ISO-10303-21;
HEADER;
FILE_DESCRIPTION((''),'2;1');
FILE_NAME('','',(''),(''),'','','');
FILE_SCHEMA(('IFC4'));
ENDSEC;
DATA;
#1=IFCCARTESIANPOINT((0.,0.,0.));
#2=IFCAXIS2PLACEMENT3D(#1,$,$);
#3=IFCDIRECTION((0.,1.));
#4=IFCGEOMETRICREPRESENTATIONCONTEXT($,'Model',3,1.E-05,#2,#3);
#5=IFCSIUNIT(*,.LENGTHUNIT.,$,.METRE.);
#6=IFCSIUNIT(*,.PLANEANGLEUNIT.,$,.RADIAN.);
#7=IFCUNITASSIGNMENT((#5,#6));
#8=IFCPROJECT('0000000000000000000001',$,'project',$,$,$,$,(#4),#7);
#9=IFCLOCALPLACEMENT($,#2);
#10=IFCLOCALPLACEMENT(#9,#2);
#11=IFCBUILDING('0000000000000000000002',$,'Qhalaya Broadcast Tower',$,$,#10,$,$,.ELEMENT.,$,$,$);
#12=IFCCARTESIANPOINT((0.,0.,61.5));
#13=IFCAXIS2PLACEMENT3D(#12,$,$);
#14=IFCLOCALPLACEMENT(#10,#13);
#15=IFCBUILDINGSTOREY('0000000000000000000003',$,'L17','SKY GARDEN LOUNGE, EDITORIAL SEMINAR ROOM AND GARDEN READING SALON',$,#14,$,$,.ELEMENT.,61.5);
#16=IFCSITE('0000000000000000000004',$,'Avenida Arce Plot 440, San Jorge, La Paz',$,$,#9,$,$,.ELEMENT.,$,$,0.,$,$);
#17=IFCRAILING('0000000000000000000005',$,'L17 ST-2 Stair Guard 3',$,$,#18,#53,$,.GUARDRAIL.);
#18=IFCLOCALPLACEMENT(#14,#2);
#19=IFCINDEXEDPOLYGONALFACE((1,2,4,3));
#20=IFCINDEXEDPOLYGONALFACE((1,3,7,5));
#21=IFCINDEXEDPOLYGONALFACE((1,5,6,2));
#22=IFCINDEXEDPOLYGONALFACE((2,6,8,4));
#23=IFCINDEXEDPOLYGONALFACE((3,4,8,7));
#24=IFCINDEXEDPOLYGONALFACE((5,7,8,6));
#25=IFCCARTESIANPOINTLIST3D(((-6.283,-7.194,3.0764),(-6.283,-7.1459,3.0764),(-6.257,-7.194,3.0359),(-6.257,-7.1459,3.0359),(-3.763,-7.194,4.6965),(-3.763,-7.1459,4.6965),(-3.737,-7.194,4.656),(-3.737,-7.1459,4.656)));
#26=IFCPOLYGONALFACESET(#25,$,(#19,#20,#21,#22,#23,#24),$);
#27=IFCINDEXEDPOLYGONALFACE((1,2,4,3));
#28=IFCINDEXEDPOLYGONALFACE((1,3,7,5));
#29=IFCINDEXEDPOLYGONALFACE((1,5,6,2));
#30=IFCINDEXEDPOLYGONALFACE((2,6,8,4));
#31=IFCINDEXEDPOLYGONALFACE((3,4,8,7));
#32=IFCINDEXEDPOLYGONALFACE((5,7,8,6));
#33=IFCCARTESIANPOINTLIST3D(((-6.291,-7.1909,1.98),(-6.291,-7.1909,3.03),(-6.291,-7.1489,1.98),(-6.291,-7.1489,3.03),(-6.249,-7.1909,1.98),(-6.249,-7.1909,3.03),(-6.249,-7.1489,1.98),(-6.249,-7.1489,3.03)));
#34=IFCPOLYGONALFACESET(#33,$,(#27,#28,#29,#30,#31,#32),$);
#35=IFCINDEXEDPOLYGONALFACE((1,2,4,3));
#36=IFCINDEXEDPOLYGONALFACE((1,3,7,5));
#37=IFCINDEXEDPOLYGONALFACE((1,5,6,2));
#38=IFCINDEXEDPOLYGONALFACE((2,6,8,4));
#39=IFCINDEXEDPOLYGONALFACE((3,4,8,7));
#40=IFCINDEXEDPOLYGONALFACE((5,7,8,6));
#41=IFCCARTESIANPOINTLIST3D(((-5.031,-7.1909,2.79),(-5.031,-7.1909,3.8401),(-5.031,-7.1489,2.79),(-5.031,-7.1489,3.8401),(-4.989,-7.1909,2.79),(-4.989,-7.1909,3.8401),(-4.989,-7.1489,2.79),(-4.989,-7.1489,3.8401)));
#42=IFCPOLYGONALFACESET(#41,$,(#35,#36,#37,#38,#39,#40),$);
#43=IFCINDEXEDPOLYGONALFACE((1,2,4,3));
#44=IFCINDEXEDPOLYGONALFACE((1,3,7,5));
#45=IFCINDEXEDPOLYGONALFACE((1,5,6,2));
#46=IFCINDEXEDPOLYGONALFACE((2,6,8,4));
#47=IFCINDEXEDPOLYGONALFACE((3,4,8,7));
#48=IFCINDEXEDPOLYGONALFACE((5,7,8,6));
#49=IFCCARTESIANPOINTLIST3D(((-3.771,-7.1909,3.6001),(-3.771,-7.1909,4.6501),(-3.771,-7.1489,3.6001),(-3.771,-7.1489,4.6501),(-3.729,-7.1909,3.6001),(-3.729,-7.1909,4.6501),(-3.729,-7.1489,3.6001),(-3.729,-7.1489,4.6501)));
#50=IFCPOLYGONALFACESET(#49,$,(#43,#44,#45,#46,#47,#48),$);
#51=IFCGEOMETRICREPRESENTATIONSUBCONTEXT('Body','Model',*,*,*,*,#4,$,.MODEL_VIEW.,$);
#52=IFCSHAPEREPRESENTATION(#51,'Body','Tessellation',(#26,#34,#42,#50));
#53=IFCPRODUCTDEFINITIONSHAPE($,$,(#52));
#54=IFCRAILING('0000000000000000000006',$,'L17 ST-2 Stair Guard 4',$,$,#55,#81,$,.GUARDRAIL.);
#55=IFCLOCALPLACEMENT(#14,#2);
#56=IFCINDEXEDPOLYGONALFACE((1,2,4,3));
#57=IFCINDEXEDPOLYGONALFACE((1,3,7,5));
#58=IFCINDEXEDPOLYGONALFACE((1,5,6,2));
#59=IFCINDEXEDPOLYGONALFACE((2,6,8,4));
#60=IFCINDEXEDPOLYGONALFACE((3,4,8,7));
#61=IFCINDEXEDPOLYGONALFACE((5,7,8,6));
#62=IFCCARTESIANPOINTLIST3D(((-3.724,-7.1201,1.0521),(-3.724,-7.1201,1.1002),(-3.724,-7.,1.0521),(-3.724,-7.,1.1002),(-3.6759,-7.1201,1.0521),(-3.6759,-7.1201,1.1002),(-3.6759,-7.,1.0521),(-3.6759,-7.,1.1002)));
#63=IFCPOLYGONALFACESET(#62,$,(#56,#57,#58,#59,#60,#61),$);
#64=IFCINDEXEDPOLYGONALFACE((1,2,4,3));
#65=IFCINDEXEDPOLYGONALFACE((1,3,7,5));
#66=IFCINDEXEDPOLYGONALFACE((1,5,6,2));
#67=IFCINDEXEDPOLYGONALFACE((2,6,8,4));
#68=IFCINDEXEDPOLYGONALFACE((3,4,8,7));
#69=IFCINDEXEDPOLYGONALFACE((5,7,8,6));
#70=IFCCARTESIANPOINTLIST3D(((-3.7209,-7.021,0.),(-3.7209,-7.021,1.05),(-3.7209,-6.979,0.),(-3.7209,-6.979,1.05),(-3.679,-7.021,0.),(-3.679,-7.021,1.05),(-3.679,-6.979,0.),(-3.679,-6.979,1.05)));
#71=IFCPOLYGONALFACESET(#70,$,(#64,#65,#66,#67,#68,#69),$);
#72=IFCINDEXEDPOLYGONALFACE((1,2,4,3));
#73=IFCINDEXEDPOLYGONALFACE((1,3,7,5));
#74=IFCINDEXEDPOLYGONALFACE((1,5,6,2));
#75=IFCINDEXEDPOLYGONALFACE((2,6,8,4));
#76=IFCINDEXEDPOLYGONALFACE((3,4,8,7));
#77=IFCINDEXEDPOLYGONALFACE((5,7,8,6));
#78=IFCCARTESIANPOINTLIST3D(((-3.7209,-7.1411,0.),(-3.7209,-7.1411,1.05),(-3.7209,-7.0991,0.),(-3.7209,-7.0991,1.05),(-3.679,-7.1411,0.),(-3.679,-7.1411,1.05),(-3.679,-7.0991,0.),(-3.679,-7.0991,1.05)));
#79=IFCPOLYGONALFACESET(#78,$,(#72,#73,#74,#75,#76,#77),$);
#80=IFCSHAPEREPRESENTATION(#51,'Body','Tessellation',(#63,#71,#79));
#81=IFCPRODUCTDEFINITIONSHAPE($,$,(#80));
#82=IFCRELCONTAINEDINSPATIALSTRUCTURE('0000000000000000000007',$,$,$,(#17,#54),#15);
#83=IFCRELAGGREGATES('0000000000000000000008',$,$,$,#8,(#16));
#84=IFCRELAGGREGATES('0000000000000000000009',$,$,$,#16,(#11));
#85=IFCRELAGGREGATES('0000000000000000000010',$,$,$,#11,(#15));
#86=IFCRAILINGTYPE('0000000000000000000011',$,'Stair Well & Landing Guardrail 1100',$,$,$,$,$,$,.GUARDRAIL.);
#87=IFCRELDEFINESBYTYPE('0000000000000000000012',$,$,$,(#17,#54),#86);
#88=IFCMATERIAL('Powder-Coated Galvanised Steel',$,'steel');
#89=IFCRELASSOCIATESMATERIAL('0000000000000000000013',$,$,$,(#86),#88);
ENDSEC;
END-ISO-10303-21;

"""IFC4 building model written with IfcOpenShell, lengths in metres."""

from ifc_helpers import new_model, si_unit, direction, frame, origin, origin_2d, place, context, subcontext, project, spatial, rectangle, extrude, material, type_object, element, save


model = new_model("IFC4")

# Units and contexts
model_context = context("Model", 3, precision=1e-05, world=origin(), true_north=direction((0.0, 1.0)))
body_context = subcontext(model_context, "Body", "Model", "MODEL_VIEW")
ifc_project = project(units=[si_unit("LENGTHUNIT", "METRE"), si_unit("PLANEANGLEUNIT", "RADIAN")], contexts=[model_context])

# Site, building, storey
site_placement = place(None, origin())
site = spatial("IfcSite", under=ifc_project, at=site_placement, Name="Avenida Arce Plot 440, San Jorge, La Paz", CompositionType="ELEMENT", RefElevation=0.0)
building_placement = place(site_placement, origin())
building = spatial("IfcBuilding", under=site, at=building_placement, Name="Qhalaya Broadcast Tower", CompositionType="ELEMENT")
storey_placement = place(building_placement, frame((0.0, 0.0, 61.5)))
storey = spatial("IfcBuildingStorey", under=building, at=storey_placement, Name="L17", Description="SKY GARDEN LOUNGE, EDITORIAL SEMINAR ROOM AND GARDEN READING SALON", CompositionType="ELEMENT", Elevation=61.5)

# Railings
ifc_material_1 = material(Name="Powder-Coated Galvanised Steel", Category="steel")
railing_type_1 = type_object("IfcRailingType", Name="Stair Well & Landing Guardrail 1100", PredefinedType="GUARDRAIL", material=ifc_material_1)
railing_1_placement = place(storey_placement, frame((-6.27, -7.1699, 1.98)))
element("IfcRailing", 1, at=railing_1_placement, inside=storey, type_object=railing_type_1, Name="L17 ST-2 Stair Guard 3", PredefinedType="GUARDRAIL", context=body_context, shape_type="SweptSolid", body=[
    extrude(rectangle(XDim=0.0481, YDim=0.0481, at=origin_2d()), frame((0.0, 0.0, 1.0762), z_axis=(0.841163, 0.0, 0.540782), x_axis=(0.0, 1.0, 0.0)), (0.0, 0.0, 1.0), 2.9958),
    extrude(rectangle(XDim=0.042, YDim=0.042, at=origin_2d()), origin(), (0.0, 0.0, 1.0), 1.05),
    extrude(rectangle(XDim=0.042, YDim=0.042, at=origin_2d()), frame((1.26, 0.0, 0.8101)), (0.0, 0.0, 1.0), 1.05),
    extrude(rectangle(XDim=0.042, YDim=0.042, at=origin_2d()), frame((2.52, 0.0, 1.6201)), (0.0, 0.0, 1.0), 1.05),
])
railing_2_placement = place(storey_placement, frame((-3.7, -7.0, 0.0)))
element("IfcRailing", 2, at=railing_2_placement, inside=storey, type_object=railing_type_1, Name="L17 ST-2 Stair Guard 4", PredefinedType="GUARDRAIL", context=body_context, shape_type="SweptSolid", body=[
    extrude(rectangle(XDim=0.0481, YDim=0.0481, at=origin_2d()), frame((0.0, 0.0, 1.0762), z_axis=(0.0, -1.0, 0.0), x_axis=(1.0, 0.0, 0.0)), (0.0, 0.0, 1.0), 0.1201),
    extrude(rectangle(XDim=0.042, YDim=0.042, at=origin_2d()), origin(), (0.0, 0.0, 1.0), 1.05),
    extrude(rectangle(XDim=0.042, YDim=0.042, at=origin_2d()), frame((0.0, -0.1201, 0.0)), (0.0, 0.0, 1.0), 1.05),
])

save(model, "model.ifc")
